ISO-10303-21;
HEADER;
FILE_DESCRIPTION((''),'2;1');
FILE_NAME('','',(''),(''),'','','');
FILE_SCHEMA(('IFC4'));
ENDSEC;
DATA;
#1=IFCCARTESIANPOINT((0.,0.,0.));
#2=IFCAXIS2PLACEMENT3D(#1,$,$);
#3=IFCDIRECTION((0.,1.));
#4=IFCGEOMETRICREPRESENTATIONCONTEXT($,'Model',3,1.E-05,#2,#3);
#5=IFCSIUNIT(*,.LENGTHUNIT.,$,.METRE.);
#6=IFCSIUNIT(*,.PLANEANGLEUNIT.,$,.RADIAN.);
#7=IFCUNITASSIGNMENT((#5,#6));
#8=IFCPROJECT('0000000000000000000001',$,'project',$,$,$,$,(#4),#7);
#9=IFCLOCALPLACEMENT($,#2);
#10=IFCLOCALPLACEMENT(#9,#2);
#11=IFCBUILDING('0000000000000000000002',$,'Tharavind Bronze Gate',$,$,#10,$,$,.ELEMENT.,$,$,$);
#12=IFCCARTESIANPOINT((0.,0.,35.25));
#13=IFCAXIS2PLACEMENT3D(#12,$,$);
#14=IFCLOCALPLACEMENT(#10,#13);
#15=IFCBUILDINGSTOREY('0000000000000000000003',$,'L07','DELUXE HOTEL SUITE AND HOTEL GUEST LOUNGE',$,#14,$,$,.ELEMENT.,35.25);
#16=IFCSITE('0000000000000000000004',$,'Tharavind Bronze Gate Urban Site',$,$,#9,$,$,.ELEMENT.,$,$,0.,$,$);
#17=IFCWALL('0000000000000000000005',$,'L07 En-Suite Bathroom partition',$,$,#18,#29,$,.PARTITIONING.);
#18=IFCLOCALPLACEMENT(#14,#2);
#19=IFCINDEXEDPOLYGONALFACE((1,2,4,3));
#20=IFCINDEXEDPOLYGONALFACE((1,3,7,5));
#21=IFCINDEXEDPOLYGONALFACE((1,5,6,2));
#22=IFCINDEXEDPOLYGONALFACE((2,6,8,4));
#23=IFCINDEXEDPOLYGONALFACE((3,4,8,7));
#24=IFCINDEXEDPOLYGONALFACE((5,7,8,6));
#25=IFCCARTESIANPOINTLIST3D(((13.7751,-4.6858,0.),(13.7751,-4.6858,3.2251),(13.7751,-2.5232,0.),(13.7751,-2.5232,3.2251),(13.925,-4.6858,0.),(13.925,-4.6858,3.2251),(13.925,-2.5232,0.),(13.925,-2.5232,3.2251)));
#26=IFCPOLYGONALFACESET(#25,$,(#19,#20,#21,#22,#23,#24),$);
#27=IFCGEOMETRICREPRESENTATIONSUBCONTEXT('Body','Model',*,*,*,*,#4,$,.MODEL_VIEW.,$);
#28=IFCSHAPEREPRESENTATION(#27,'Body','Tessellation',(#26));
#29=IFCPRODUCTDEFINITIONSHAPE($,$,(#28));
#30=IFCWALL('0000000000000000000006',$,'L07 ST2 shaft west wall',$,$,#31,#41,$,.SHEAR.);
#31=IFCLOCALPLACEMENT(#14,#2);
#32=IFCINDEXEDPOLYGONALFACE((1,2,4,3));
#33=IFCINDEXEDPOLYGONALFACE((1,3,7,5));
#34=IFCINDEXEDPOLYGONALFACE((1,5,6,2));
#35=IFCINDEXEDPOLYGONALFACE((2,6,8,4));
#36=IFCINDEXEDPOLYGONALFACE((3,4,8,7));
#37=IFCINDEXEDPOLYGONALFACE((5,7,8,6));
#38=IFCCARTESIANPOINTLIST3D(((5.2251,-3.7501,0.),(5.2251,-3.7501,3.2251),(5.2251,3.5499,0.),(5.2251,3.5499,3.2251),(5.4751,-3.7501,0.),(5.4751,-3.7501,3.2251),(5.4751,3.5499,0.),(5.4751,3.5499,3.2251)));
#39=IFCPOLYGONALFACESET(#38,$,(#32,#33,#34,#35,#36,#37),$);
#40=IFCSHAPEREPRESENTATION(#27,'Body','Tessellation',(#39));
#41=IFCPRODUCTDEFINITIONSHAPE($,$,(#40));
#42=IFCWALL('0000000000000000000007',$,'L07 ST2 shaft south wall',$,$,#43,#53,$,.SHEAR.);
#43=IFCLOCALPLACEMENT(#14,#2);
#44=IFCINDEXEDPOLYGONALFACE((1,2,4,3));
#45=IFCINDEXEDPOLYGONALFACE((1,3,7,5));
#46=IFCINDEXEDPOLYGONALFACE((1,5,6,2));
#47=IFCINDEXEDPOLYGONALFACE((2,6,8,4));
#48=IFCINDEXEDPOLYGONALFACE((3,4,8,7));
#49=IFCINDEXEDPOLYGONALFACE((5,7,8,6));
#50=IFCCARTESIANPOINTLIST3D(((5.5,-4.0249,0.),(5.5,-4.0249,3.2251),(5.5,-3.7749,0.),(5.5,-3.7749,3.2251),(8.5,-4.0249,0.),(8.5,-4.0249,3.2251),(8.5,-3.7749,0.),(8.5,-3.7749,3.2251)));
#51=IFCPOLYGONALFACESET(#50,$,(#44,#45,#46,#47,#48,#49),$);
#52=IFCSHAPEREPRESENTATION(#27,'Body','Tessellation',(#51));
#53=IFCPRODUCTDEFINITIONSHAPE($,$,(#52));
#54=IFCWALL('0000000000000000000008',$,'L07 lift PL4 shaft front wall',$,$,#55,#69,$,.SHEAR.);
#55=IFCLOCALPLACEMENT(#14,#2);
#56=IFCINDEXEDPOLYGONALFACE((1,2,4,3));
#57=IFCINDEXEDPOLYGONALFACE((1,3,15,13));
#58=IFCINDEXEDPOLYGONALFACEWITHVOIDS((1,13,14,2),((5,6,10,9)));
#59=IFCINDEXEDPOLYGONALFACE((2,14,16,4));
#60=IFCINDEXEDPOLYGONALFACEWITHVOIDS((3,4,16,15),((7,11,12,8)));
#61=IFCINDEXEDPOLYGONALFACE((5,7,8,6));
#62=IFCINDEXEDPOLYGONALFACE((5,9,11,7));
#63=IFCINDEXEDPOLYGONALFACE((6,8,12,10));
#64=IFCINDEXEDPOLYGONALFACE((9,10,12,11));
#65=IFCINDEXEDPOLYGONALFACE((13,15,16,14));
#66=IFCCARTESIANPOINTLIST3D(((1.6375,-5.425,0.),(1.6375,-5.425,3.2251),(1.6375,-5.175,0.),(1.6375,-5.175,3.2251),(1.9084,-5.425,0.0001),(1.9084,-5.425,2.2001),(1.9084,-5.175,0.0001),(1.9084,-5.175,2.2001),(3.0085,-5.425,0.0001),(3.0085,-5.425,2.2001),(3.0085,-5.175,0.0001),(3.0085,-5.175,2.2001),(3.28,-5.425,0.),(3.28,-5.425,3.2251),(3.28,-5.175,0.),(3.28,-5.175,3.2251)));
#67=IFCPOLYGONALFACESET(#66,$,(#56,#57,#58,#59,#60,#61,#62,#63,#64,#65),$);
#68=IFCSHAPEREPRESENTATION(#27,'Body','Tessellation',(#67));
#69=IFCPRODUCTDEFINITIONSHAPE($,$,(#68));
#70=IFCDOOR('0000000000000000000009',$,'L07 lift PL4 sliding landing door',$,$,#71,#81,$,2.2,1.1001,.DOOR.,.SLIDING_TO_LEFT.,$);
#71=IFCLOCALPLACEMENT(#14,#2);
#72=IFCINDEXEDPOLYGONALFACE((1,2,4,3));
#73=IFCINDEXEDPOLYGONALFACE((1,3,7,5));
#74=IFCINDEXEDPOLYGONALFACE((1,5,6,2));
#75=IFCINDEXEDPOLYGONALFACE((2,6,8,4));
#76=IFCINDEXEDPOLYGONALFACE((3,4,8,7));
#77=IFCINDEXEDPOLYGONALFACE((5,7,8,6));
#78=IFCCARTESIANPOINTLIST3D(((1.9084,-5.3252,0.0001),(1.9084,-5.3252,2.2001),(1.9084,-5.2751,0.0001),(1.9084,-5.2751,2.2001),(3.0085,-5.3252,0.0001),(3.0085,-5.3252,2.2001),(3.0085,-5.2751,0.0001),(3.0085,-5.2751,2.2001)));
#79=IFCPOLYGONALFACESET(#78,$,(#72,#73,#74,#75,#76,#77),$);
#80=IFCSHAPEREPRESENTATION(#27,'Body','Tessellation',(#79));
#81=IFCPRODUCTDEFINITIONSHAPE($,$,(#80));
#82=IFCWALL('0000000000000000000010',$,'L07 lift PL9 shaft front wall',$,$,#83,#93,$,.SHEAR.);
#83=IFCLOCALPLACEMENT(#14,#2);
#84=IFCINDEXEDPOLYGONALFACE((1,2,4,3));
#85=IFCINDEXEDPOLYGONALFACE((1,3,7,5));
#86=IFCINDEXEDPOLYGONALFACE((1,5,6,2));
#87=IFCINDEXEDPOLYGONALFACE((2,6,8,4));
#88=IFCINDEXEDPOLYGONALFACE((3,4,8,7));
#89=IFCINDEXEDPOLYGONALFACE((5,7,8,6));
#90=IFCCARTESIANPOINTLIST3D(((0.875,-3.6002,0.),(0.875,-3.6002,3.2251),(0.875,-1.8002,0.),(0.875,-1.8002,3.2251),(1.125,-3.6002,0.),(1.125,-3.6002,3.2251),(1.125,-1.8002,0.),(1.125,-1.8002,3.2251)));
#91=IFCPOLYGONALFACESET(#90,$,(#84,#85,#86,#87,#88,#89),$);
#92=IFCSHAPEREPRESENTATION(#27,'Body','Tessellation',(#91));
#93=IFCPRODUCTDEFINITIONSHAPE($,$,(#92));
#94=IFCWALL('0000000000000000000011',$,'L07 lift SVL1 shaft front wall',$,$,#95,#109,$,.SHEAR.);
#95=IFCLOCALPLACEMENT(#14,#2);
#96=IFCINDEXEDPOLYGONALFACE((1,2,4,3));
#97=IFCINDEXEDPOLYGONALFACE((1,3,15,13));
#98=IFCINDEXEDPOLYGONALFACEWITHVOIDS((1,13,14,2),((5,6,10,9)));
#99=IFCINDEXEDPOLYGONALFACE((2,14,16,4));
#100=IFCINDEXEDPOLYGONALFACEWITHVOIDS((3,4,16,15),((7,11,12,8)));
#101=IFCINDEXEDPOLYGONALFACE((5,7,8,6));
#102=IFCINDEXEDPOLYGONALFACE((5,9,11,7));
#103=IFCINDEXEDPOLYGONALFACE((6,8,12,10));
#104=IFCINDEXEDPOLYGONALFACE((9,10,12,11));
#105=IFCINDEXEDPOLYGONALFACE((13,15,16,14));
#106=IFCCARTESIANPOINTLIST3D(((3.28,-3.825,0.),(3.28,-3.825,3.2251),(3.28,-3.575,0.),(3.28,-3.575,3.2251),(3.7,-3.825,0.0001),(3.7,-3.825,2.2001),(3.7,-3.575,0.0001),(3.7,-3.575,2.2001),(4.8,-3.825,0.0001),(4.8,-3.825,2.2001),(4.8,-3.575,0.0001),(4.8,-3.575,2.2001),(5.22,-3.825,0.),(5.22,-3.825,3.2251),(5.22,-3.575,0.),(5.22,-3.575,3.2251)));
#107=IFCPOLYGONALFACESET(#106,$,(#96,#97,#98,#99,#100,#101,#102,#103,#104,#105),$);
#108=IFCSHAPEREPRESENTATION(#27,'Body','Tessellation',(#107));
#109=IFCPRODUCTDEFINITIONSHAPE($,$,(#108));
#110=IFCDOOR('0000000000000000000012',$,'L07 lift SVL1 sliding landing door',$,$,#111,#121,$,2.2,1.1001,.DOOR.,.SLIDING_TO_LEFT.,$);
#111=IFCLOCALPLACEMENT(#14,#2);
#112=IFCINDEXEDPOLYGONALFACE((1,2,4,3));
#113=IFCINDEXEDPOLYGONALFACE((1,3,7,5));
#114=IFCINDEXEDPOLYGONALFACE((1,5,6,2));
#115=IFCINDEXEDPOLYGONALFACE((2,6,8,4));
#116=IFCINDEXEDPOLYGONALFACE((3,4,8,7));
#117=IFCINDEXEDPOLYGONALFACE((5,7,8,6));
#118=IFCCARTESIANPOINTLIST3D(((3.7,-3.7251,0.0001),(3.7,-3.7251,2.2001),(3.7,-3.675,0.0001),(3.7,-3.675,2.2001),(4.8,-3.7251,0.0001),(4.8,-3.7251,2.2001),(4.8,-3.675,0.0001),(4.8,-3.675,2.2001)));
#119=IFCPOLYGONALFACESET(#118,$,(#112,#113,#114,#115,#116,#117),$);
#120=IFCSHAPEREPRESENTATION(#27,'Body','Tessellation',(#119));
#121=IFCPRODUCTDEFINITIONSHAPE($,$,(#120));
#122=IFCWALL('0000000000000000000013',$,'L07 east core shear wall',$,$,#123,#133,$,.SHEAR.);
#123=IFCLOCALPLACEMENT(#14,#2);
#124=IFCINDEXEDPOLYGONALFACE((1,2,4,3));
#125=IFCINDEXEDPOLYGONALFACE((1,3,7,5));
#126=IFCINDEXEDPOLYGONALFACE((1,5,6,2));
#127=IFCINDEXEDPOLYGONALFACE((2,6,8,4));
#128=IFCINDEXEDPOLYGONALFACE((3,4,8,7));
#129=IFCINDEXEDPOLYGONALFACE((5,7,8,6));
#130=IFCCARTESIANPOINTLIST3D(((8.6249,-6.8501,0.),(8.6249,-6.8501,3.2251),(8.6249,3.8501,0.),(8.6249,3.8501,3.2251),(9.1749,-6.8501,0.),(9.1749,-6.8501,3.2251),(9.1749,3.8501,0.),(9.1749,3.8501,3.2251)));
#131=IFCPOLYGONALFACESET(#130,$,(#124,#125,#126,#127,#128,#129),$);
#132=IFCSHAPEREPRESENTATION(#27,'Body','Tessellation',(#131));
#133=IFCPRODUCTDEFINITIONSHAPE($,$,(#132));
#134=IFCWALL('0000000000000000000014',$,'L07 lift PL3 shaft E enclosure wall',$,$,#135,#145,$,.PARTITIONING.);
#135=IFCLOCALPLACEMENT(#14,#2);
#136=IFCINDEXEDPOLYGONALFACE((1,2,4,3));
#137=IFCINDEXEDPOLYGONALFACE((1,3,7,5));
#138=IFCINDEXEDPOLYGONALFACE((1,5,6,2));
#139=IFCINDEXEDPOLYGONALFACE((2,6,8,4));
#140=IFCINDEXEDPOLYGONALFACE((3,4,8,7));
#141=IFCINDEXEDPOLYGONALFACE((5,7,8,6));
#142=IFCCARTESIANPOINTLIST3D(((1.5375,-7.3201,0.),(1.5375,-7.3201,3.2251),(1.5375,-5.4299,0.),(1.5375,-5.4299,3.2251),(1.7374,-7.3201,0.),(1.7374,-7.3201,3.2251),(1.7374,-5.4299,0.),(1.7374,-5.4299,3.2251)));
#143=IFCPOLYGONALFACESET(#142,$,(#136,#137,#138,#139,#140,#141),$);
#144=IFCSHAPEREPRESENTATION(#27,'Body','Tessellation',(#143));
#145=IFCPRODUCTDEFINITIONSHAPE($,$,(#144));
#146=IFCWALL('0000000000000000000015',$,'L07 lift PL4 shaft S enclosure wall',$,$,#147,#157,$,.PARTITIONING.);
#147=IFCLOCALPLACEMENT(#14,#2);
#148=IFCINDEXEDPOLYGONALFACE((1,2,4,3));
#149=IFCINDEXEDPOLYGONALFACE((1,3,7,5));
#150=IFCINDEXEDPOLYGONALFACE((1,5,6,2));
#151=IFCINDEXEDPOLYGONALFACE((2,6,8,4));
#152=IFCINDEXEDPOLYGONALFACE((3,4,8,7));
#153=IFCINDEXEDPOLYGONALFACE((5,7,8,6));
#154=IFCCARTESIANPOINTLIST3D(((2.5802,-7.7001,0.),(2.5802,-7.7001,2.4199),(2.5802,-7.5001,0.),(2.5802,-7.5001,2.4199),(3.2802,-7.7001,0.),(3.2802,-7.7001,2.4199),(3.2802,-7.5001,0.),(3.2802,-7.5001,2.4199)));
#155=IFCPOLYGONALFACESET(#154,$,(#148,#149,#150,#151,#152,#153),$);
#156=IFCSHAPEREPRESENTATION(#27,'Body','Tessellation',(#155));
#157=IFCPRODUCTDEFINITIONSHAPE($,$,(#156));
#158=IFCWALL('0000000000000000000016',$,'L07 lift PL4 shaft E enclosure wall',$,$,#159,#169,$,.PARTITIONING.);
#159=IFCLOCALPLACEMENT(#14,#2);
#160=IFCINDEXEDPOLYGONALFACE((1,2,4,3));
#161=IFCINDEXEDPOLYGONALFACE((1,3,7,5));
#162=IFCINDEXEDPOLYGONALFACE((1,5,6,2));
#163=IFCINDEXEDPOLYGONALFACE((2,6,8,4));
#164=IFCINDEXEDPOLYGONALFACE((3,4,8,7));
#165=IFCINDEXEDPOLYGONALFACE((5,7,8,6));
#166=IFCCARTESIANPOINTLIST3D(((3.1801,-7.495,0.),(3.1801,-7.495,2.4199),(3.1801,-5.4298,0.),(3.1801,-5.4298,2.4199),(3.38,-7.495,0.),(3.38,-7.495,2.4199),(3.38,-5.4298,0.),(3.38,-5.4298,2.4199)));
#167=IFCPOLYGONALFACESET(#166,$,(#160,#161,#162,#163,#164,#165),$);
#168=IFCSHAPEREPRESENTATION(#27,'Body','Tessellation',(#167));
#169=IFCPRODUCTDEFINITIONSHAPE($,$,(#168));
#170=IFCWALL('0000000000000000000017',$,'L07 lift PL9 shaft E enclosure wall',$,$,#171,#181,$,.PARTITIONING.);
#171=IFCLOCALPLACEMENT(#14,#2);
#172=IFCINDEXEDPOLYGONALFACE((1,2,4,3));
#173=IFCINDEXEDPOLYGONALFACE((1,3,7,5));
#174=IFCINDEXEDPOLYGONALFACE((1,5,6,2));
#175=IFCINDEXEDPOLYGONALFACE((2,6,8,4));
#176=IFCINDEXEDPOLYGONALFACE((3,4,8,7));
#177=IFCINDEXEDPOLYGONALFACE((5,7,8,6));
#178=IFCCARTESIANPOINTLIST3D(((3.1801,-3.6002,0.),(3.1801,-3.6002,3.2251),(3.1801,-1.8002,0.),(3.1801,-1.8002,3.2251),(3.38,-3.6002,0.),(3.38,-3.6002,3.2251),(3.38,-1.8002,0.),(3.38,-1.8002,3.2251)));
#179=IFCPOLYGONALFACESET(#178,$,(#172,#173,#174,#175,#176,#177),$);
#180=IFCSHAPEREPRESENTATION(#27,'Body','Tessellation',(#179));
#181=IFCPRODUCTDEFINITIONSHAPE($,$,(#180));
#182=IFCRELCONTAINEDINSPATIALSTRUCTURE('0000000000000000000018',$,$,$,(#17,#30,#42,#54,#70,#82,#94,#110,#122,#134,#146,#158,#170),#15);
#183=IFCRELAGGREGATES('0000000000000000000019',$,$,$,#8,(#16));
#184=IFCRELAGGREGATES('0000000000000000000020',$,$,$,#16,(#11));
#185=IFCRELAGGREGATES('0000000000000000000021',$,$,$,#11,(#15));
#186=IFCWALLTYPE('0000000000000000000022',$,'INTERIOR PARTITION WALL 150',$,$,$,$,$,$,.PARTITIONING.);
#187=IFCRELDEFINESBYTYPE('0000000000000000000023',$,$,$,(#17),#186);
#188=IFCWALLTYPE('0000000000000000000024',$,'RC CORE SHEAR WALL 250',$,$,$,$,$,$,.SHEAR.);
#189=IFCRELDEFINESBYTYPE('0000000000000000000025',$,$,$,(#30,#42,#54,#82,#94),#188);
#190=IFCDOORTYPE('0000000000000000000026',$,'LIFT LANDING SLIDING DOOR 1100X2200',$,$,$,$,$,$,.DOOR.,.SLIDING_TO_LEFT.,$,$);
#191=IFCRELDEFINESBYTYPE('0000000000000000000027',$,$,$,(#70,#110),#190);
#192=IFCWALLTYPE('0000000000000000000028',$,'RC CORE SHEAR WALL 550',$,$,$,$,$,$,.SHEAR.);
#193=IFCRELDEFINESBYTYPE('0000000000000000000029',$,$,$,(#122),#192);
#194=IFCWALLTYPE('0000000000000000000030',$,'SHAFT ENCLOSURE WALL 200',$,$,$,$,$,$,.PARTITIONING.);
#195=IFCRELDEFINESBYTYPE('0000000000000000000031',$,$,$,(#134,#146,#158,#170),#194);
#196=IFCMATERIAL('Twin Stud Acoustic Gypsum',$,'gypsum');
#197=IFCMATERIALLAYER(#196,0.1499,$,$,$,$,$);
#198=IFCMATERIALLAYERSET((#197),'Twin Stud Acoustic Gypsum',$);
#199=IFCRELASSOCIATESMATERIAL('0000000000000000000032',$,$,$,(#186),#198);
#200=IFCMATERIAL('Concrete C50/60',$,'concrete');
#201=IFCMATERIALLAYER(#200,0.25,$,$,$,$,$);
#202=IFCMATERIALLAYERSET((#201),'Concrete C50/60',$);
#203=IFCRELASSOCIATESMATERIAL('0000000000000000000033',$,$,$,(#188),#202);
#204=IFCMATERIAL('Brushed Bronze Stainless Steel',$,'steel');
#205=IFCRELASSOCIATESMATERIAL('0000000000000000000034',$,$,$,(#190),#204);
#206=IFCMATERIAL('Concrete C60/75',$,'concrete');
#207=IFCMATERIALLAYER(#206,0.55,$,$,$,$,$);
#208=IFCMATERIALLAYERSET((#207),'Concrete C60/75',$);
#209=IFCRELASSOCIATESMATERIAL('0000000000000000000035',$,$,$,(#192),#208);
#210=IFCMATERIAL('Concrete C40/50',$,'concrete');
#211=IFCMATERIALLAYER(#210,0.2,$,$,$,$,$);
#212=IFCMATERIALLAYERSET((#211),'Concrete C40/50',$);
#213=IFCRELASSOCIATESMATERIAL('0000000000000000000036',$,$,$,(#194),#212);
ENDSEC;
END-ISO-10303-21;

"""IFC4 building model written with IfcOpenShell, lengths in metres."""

from ifc_helpers import new_model, si_unit, direction, frame, frame_2d, origin, place, context, subcontext, project, spatial, rectangle, extrude, material, layer, layer_set, type_object, element, fill, save


model = new_model("IFC4")

# Units and contexts
model_context = context("Model", 3, precision=1e-05, world=origin(), true_north=direction((0.0, 1.0)))
body_context = subcontext(model_context, "Body", "Model", "MODEL_VIEW")
ifc_project = project(units=[si_unit("LENGTHUNIT", "METRE"), si_unit("PLANEANGLEUNIT", "RADIAN")], contexts=[model_context])

# Site, building, storey
site_placement = place(None, origin())
site = spatial("IfcSite", under=ifc_project, at=site_placement, Name="Tharavind Bronze Gate Urban Site", CompositionType="ELEMENT", RefElevation=0.0)
building_placement = place(site_placement, origin())
building = spatial("IfcBuilding", under=site, at=building_placement, Name="Tharavind Bronze Gate", CompositionType="ELEMENT")
storey_placement = place(building_placement, frame((0.0, 0.0, 35.25)))
storey = spatial("IfcBuildingStorey", under=building, at=storey_placement, Name="L07", Description="DELUXE HOTEL SUITE AND HOTEL GUEST LOUNGE", CompositionType="ELEMENT", Elevation=35.25)

# Walls
ifc_material_1 = material(Name="Twin Stud Acoustic Gypsum", Category="gypsum")
ifc_layer_1 = layer(ifc_material_1, 0.1499)
ifc_layer_set_1 = layer_set([ifc_layer_1], Name="Twin Stud Acoustic Gypsum")
wall_type_1 = type_object("IfcWallType", Name="INTERIOR PARTITION WALL 150", PredefinedType="PARTITIONING", material=ifc_layer_set_1)
wall_1_placement = place(storey_placement, frame((13.8501, -4.6858, 0.0), z_axis=(0.0, 0.0, 1.0), x_axis=(0.0, 1.0, 0.0)))
element("IfcWall", 1, at=wall_1_placement, inside=storey, type_object=wall_type_1, Name="L07 En-Suite Bathroom partition", PredefinedType="PARTITIONING", context=body_context, shape_type="SweptSolid", body=[
    extrude(rectangle(XDim=2.1626, YDim=0.1499, at=frame_2d((1.0813, 0.0))), origin(), (0.0, 0.0, 1.0), 3.2251),
])
ifc_material_2 = material(Name="Concrete C50/60", Category="concrete")
ifc_layer_2 = layer(ifc_material_2, 0.25)
ifc_layer_set_2 = layer_set([ifc_layer_2], Name="Concrete C50/60")
wall_type_2 = type_object("IfcWallType", Name="RC CORE SHEAR WALL 250", PredefinedType="SHEAR", material=ifc_layer_set_2)
wall_2_placement = place(storey_placement, frame((5.3501, -3.75, 0.0), z_axis=(0.0, 0.0, 1.0), x_axis=(0.0, 1.0, 0.0)))
element("IfcWall", 2, at=wall_2_placement, inside=storey, type_object=wall_type_2, Name="L07 ST2 shaft west wall", PredefinedType="SHEAR", context=body_context, shape_type="SweptSolid", body=[
    extrude(rectangle(XDim=7.3, YDim=0.25, at=frame_2d((3.6499, 0.0))), origin(), (0.0, 0.0, 1.0), 3.2251),
])
wall_3_placement = place(storey_placement, frame((5.5, -3.8999, 0.0), z_axis=(0.0, 0.0, 1.0), x_axis=(1.0, 0.0, 0.0)))
element("IfcWall", 3, at=wall_3_placement, inside=storey, type_object=wall_type_2, Name="L07 ST2 shaft south wall", PredefinedType="SHEAR", context=body_context, shape_type="SweptSolid", body=[
    extrude(rectangle(XDim=3.0, YDim=0.25, at=frame_2d((1.5, 0.0))), origin(), (0.0, 0.0, 1.0), 3.2251),
])

# Wall, opening, door
wall_4_placement = place(storey_placement, frame((1.6375, -5.3, 0.0), z_axis=(0.0, 0.0, 1.0), x_axis=(1.0, 0.0, 0.0)))
wall_4 = element("IfcWall", 4, at=wall_4_placement, inside=storey, type_object=wall_type_2, Name="L07 lift PL4 shaft front wall", PredefinedType="SHEAR", context=body_context, shape_type="SweptSolid", body=[
    extrude(rectangle(XDim=1.6426, YDim=0.25, at=frame_2d((0.8213, 0.0))), origin(), (0.0, 0.0, 1.0), 3.2251),
])
opening_1_placement = place(wall_4_placement, frame((0.271, 0.0, 0.0)))
opening_1 = element("IfcOpeningElement", 5, at=opening_1_placement, cuts=wall_4, PredefinedType="OPENING", context=body_context, shape_type="SweptSolid", body=[
    extrude(rectangle(XDim=1.1001, YDim=2.2, at=frame_2d((0.55, 1.1001))), frame((0.0, 0.135, 0.0), z_axis=(0.0, -1.0, 0.0), x_axis=(1.0, 0.0, 0.0)), (0.0, 0.0, 1.0), 0.27),
])
ifc_material_3 = material(Name="Brushed Bronze Stainless Steel", Category="steel")
door_type_1 = type_object("IfcDoorType", Name="LIFT LANDING SLIDING DOOR 1100X2200", OperationType="SLIDING_TO_LEFT", PredefinedType="DOOR", material=ifc_material_3)
door_1_placement = place(opening_1_placement, origin())
door_1 = element("IfcDoor", 6, at=door_1_placement, inside=storey, type_object=door_type_1, Name="L07 lift PL4 sliding landing door", OperationType="SLIDING_TO_LEFT", OverallHeight=2.2, OverallWidth=1.1001, PredefinedType="DOOR", context=body_context, shape_type="SweptSolid", body=[
    extrude(rectangle(XDim=1.1001, YDim=2.2, at=frame_2d((0.55, 1.1001))), frame((0.0, 0.0249, 0.0), z_axis=(0.0, -1.0, 0.0), x_axis=(1.0, 0.0, 0.0)), (0.0, 0.0, 1.0), 0.05),
])
fill(opening_1, door_1)

# Wall
wall_5_placement = place(storey_placement, frame((1.0, -3.6001, 0.0), z_axis=(0.0, 0.0, 1.0), x_axis=(0.0, 1.0, 0.0)))
element("IfcWall", 7, at=wall_5_placement, inside=storey, type_object=wall_type_2, Name="L07 lift PL9 shaft front wall", PredefinedType="SHEAR", context=body_context, shape_type="SweptSolid", body=[
    extrude(rectangle(XDim=1.8, YDim=0.25, at=frame_2d((0.8999, 0.0))), origin(), (0.0, 0.0, 1.0), 3.2251),
])

# Wall, opening, door
wall_6_placement = place(storey_placement, frame((3.28, -3.7, 0.0), z_axis=(0.0, 0.0, 1.0), x_axis=(1.0, 0.0, 0.0)))
wall_6 = element("IfcWall", 8, at=wall_6_placement, inside=storey, type_object=wall_type_2, Name="L07 lift SVL1 shaft front wall", PredefinedType="SHEAR", context=body_context, shape_type="SweptSolid", body=[
    extrude(rectangle(XDim=1.9399, YDim=0.25, at=frame_2d((0.97, 0.0))), origin(), (0.0, 0.0, 1.0), 3.2251),
])
opening_2_placement = place(wall_6_placement, frame((0.4199, 0.0, 0.0)))
opening_2 = element("IfcOpeningElement", 9, at=opening_2_placement, cuts=wall_6, PredefinedType="OPENING", context=body_context, shape_type="SweptSolid", body=[
    extrude(rectangle(XDim=1.1001, YDim=2.2, at=frame_2d((0.55, 1.1001))), frame((0.0, 0.135, 0.0), z_axis=(0.0, -1.0, 0.0), x_axis=(1.0, 0.0, 0.0)), (0.0, 0.0, 1.0), 0.27),
])
door_2_placement = place(opening_2_placement, origin())
door_2 = element("IfcDoor", 10, at=door_2_placement, inside=storey, type_object=door_type_1, Name="L07 lift SVL1 sliding landing door", OperationType="SLIDING_TO_LEFT", OverallHeight=2.2, OverallWidth=1.1001, PredefinedType="DOOR", context=body_context, shape_type="SweptSolid", body=[
    extrude(rectangle(XDim=1.1001, YDim=2.2, at=frame_2d((0.55, 1.1001))), frame((0.0, 0.0249, 0.0), z_axis=(0.0, -1.0, 0.0), x_axis=(1.0, 0.0, 0.0)), (0.0, 0.0, 1.0), 0.05),
])
fill(opening_2, door_2)

# Walls
ifc_material_4 = material(Name="Concrete C60/75", Category="concrete")
ifc_layer_3 = layer(ifc_material_4, 0.55)
ifc_layer_set_3 = layer_set([ifc_layer_3], Name="Concrete C60/75")
wall_type_3 = type_object("IfcWallType", Name="RC CORE SHEAR WALL 550", PredefinedType="SHEAR", material=ifc_layer_set_3)
wall_7_placement = place(storey_placement, frame((8.8999, -6.8501, 0.0), z_axis=(0.0, 0.0, 1.0), x_axis=(0.0, 1.0, 0.0)))
element("IfcWall", 11, at=wall_7_placement, inside=storey, type_object=wall_type_3, Name="L07 east core shear wall", PredefinedType="SHEAR", context=body_context, shape_type="SweptSolid", body=[
    extrude(rectangle(XDim=10.7002, YDim=0.55, at=frame_2d((5.3501, 0.0))), origin(), (0.0, 0.0, 1.0), 3.2251),
])
ifc_material_5 = material(Name="Concrete C40/50", Category="concrete")
ifc_layer_4 = layer(ifc_material_5, 0.2)
ifc_layer_set_4 = layer_set([ifc_layer_4], Name="Concrete C40/50")
wall_type_4 = type_object("IfcWallType", Name="SHAFT ENCLOSURE WALL 200", PredefinedType="PARTITIONING", material=ifc_layer_set_4)
wall_8_placement = place(storey_placement, frame((1.6375, -7.3201, 0.0), z_axis=(0.0, 0.0, 1.0), x_axis=(0.0, 1.0, 0.0)))
element("IfcWall", 12, at=wall_8_placement, inside=storey, type_object=wall_type_4, Name="L07 lift PL3 shaft E enclosure wall", PredefinedType="PARTITIONING", context=body_context, shape_type="SweptSolid", body=[
    extrude(rectangle(XDim=1.8901, YDim=0.2, at=frame_2d((0.9451, 0.0))), origin(), (0.0, 0.0, 1.0), 3.2251),
])
wall_9_placement = place(storey_placement, frame((2.5801, -7.6001, 0.0), z_axis=(0.0, 0.0, 1.0), x_axis=(1.0, 0.0, 0.0)))
element("IfcWall", 13, at=wall_9_placement, inside=storey, type_object=wall_type_4, Name="L07 lift PL4 shaft S enclosure wall", PredefinedType="PARTITIONING", context=body_context, shape_type="SweptSolid", body=[
    extrude(rectangle(XDim=0.7, YDim=0.2, at=frame_2d((0.3501, 0.0))), origin(), (0.0, 0.0, 1.0), 2.4199),
])
wall_10_placement = place(storey_placement, frame((3.28, -7.4951, 0.0), z_axis=(0.0, 0.0, 1.0), x_axis=(0.0, 1.0, 0.0)))
element("IfcWall", 14, at=wall_10_placement, inside=storey, type_object=wall_type_4, Name="L07 lift PL4 shaft E enclosure wall", PredefinedType="PARTITIONING", context=body_context, shape_type="SweptSolid", body=[
    extrude(rectangle(XDim=2.0652, YDim=0.2, at=frame_2d((1.0327, 0.0))), origin(), (0.0, 0.0, 1.0), 2.4199),
])
wall_11_placement = place(storey_placement, frame((3.28, -3.6001, 0.0), z_axis=(0.0, 0.0, 1.0), x_axis=(0.0, 1.0, 0.0)))
element("IfcWall", 15, at=wall_11_placement, inside=storey, type_object=wall_type_4, Name="L07 lift PL9 shaft E enclosure wall", PredefinedType="PARTITIONING", context=body_context, shape_type="SweptSolid", body=[
    extrude(rectangle(XDim=1.8, YDim=0.2, at=frame_2d((0.8999, 0.0))), origin(), (0.0, 0.0, 1.0), 3.2251),
])

save(model, "model.ifc")
